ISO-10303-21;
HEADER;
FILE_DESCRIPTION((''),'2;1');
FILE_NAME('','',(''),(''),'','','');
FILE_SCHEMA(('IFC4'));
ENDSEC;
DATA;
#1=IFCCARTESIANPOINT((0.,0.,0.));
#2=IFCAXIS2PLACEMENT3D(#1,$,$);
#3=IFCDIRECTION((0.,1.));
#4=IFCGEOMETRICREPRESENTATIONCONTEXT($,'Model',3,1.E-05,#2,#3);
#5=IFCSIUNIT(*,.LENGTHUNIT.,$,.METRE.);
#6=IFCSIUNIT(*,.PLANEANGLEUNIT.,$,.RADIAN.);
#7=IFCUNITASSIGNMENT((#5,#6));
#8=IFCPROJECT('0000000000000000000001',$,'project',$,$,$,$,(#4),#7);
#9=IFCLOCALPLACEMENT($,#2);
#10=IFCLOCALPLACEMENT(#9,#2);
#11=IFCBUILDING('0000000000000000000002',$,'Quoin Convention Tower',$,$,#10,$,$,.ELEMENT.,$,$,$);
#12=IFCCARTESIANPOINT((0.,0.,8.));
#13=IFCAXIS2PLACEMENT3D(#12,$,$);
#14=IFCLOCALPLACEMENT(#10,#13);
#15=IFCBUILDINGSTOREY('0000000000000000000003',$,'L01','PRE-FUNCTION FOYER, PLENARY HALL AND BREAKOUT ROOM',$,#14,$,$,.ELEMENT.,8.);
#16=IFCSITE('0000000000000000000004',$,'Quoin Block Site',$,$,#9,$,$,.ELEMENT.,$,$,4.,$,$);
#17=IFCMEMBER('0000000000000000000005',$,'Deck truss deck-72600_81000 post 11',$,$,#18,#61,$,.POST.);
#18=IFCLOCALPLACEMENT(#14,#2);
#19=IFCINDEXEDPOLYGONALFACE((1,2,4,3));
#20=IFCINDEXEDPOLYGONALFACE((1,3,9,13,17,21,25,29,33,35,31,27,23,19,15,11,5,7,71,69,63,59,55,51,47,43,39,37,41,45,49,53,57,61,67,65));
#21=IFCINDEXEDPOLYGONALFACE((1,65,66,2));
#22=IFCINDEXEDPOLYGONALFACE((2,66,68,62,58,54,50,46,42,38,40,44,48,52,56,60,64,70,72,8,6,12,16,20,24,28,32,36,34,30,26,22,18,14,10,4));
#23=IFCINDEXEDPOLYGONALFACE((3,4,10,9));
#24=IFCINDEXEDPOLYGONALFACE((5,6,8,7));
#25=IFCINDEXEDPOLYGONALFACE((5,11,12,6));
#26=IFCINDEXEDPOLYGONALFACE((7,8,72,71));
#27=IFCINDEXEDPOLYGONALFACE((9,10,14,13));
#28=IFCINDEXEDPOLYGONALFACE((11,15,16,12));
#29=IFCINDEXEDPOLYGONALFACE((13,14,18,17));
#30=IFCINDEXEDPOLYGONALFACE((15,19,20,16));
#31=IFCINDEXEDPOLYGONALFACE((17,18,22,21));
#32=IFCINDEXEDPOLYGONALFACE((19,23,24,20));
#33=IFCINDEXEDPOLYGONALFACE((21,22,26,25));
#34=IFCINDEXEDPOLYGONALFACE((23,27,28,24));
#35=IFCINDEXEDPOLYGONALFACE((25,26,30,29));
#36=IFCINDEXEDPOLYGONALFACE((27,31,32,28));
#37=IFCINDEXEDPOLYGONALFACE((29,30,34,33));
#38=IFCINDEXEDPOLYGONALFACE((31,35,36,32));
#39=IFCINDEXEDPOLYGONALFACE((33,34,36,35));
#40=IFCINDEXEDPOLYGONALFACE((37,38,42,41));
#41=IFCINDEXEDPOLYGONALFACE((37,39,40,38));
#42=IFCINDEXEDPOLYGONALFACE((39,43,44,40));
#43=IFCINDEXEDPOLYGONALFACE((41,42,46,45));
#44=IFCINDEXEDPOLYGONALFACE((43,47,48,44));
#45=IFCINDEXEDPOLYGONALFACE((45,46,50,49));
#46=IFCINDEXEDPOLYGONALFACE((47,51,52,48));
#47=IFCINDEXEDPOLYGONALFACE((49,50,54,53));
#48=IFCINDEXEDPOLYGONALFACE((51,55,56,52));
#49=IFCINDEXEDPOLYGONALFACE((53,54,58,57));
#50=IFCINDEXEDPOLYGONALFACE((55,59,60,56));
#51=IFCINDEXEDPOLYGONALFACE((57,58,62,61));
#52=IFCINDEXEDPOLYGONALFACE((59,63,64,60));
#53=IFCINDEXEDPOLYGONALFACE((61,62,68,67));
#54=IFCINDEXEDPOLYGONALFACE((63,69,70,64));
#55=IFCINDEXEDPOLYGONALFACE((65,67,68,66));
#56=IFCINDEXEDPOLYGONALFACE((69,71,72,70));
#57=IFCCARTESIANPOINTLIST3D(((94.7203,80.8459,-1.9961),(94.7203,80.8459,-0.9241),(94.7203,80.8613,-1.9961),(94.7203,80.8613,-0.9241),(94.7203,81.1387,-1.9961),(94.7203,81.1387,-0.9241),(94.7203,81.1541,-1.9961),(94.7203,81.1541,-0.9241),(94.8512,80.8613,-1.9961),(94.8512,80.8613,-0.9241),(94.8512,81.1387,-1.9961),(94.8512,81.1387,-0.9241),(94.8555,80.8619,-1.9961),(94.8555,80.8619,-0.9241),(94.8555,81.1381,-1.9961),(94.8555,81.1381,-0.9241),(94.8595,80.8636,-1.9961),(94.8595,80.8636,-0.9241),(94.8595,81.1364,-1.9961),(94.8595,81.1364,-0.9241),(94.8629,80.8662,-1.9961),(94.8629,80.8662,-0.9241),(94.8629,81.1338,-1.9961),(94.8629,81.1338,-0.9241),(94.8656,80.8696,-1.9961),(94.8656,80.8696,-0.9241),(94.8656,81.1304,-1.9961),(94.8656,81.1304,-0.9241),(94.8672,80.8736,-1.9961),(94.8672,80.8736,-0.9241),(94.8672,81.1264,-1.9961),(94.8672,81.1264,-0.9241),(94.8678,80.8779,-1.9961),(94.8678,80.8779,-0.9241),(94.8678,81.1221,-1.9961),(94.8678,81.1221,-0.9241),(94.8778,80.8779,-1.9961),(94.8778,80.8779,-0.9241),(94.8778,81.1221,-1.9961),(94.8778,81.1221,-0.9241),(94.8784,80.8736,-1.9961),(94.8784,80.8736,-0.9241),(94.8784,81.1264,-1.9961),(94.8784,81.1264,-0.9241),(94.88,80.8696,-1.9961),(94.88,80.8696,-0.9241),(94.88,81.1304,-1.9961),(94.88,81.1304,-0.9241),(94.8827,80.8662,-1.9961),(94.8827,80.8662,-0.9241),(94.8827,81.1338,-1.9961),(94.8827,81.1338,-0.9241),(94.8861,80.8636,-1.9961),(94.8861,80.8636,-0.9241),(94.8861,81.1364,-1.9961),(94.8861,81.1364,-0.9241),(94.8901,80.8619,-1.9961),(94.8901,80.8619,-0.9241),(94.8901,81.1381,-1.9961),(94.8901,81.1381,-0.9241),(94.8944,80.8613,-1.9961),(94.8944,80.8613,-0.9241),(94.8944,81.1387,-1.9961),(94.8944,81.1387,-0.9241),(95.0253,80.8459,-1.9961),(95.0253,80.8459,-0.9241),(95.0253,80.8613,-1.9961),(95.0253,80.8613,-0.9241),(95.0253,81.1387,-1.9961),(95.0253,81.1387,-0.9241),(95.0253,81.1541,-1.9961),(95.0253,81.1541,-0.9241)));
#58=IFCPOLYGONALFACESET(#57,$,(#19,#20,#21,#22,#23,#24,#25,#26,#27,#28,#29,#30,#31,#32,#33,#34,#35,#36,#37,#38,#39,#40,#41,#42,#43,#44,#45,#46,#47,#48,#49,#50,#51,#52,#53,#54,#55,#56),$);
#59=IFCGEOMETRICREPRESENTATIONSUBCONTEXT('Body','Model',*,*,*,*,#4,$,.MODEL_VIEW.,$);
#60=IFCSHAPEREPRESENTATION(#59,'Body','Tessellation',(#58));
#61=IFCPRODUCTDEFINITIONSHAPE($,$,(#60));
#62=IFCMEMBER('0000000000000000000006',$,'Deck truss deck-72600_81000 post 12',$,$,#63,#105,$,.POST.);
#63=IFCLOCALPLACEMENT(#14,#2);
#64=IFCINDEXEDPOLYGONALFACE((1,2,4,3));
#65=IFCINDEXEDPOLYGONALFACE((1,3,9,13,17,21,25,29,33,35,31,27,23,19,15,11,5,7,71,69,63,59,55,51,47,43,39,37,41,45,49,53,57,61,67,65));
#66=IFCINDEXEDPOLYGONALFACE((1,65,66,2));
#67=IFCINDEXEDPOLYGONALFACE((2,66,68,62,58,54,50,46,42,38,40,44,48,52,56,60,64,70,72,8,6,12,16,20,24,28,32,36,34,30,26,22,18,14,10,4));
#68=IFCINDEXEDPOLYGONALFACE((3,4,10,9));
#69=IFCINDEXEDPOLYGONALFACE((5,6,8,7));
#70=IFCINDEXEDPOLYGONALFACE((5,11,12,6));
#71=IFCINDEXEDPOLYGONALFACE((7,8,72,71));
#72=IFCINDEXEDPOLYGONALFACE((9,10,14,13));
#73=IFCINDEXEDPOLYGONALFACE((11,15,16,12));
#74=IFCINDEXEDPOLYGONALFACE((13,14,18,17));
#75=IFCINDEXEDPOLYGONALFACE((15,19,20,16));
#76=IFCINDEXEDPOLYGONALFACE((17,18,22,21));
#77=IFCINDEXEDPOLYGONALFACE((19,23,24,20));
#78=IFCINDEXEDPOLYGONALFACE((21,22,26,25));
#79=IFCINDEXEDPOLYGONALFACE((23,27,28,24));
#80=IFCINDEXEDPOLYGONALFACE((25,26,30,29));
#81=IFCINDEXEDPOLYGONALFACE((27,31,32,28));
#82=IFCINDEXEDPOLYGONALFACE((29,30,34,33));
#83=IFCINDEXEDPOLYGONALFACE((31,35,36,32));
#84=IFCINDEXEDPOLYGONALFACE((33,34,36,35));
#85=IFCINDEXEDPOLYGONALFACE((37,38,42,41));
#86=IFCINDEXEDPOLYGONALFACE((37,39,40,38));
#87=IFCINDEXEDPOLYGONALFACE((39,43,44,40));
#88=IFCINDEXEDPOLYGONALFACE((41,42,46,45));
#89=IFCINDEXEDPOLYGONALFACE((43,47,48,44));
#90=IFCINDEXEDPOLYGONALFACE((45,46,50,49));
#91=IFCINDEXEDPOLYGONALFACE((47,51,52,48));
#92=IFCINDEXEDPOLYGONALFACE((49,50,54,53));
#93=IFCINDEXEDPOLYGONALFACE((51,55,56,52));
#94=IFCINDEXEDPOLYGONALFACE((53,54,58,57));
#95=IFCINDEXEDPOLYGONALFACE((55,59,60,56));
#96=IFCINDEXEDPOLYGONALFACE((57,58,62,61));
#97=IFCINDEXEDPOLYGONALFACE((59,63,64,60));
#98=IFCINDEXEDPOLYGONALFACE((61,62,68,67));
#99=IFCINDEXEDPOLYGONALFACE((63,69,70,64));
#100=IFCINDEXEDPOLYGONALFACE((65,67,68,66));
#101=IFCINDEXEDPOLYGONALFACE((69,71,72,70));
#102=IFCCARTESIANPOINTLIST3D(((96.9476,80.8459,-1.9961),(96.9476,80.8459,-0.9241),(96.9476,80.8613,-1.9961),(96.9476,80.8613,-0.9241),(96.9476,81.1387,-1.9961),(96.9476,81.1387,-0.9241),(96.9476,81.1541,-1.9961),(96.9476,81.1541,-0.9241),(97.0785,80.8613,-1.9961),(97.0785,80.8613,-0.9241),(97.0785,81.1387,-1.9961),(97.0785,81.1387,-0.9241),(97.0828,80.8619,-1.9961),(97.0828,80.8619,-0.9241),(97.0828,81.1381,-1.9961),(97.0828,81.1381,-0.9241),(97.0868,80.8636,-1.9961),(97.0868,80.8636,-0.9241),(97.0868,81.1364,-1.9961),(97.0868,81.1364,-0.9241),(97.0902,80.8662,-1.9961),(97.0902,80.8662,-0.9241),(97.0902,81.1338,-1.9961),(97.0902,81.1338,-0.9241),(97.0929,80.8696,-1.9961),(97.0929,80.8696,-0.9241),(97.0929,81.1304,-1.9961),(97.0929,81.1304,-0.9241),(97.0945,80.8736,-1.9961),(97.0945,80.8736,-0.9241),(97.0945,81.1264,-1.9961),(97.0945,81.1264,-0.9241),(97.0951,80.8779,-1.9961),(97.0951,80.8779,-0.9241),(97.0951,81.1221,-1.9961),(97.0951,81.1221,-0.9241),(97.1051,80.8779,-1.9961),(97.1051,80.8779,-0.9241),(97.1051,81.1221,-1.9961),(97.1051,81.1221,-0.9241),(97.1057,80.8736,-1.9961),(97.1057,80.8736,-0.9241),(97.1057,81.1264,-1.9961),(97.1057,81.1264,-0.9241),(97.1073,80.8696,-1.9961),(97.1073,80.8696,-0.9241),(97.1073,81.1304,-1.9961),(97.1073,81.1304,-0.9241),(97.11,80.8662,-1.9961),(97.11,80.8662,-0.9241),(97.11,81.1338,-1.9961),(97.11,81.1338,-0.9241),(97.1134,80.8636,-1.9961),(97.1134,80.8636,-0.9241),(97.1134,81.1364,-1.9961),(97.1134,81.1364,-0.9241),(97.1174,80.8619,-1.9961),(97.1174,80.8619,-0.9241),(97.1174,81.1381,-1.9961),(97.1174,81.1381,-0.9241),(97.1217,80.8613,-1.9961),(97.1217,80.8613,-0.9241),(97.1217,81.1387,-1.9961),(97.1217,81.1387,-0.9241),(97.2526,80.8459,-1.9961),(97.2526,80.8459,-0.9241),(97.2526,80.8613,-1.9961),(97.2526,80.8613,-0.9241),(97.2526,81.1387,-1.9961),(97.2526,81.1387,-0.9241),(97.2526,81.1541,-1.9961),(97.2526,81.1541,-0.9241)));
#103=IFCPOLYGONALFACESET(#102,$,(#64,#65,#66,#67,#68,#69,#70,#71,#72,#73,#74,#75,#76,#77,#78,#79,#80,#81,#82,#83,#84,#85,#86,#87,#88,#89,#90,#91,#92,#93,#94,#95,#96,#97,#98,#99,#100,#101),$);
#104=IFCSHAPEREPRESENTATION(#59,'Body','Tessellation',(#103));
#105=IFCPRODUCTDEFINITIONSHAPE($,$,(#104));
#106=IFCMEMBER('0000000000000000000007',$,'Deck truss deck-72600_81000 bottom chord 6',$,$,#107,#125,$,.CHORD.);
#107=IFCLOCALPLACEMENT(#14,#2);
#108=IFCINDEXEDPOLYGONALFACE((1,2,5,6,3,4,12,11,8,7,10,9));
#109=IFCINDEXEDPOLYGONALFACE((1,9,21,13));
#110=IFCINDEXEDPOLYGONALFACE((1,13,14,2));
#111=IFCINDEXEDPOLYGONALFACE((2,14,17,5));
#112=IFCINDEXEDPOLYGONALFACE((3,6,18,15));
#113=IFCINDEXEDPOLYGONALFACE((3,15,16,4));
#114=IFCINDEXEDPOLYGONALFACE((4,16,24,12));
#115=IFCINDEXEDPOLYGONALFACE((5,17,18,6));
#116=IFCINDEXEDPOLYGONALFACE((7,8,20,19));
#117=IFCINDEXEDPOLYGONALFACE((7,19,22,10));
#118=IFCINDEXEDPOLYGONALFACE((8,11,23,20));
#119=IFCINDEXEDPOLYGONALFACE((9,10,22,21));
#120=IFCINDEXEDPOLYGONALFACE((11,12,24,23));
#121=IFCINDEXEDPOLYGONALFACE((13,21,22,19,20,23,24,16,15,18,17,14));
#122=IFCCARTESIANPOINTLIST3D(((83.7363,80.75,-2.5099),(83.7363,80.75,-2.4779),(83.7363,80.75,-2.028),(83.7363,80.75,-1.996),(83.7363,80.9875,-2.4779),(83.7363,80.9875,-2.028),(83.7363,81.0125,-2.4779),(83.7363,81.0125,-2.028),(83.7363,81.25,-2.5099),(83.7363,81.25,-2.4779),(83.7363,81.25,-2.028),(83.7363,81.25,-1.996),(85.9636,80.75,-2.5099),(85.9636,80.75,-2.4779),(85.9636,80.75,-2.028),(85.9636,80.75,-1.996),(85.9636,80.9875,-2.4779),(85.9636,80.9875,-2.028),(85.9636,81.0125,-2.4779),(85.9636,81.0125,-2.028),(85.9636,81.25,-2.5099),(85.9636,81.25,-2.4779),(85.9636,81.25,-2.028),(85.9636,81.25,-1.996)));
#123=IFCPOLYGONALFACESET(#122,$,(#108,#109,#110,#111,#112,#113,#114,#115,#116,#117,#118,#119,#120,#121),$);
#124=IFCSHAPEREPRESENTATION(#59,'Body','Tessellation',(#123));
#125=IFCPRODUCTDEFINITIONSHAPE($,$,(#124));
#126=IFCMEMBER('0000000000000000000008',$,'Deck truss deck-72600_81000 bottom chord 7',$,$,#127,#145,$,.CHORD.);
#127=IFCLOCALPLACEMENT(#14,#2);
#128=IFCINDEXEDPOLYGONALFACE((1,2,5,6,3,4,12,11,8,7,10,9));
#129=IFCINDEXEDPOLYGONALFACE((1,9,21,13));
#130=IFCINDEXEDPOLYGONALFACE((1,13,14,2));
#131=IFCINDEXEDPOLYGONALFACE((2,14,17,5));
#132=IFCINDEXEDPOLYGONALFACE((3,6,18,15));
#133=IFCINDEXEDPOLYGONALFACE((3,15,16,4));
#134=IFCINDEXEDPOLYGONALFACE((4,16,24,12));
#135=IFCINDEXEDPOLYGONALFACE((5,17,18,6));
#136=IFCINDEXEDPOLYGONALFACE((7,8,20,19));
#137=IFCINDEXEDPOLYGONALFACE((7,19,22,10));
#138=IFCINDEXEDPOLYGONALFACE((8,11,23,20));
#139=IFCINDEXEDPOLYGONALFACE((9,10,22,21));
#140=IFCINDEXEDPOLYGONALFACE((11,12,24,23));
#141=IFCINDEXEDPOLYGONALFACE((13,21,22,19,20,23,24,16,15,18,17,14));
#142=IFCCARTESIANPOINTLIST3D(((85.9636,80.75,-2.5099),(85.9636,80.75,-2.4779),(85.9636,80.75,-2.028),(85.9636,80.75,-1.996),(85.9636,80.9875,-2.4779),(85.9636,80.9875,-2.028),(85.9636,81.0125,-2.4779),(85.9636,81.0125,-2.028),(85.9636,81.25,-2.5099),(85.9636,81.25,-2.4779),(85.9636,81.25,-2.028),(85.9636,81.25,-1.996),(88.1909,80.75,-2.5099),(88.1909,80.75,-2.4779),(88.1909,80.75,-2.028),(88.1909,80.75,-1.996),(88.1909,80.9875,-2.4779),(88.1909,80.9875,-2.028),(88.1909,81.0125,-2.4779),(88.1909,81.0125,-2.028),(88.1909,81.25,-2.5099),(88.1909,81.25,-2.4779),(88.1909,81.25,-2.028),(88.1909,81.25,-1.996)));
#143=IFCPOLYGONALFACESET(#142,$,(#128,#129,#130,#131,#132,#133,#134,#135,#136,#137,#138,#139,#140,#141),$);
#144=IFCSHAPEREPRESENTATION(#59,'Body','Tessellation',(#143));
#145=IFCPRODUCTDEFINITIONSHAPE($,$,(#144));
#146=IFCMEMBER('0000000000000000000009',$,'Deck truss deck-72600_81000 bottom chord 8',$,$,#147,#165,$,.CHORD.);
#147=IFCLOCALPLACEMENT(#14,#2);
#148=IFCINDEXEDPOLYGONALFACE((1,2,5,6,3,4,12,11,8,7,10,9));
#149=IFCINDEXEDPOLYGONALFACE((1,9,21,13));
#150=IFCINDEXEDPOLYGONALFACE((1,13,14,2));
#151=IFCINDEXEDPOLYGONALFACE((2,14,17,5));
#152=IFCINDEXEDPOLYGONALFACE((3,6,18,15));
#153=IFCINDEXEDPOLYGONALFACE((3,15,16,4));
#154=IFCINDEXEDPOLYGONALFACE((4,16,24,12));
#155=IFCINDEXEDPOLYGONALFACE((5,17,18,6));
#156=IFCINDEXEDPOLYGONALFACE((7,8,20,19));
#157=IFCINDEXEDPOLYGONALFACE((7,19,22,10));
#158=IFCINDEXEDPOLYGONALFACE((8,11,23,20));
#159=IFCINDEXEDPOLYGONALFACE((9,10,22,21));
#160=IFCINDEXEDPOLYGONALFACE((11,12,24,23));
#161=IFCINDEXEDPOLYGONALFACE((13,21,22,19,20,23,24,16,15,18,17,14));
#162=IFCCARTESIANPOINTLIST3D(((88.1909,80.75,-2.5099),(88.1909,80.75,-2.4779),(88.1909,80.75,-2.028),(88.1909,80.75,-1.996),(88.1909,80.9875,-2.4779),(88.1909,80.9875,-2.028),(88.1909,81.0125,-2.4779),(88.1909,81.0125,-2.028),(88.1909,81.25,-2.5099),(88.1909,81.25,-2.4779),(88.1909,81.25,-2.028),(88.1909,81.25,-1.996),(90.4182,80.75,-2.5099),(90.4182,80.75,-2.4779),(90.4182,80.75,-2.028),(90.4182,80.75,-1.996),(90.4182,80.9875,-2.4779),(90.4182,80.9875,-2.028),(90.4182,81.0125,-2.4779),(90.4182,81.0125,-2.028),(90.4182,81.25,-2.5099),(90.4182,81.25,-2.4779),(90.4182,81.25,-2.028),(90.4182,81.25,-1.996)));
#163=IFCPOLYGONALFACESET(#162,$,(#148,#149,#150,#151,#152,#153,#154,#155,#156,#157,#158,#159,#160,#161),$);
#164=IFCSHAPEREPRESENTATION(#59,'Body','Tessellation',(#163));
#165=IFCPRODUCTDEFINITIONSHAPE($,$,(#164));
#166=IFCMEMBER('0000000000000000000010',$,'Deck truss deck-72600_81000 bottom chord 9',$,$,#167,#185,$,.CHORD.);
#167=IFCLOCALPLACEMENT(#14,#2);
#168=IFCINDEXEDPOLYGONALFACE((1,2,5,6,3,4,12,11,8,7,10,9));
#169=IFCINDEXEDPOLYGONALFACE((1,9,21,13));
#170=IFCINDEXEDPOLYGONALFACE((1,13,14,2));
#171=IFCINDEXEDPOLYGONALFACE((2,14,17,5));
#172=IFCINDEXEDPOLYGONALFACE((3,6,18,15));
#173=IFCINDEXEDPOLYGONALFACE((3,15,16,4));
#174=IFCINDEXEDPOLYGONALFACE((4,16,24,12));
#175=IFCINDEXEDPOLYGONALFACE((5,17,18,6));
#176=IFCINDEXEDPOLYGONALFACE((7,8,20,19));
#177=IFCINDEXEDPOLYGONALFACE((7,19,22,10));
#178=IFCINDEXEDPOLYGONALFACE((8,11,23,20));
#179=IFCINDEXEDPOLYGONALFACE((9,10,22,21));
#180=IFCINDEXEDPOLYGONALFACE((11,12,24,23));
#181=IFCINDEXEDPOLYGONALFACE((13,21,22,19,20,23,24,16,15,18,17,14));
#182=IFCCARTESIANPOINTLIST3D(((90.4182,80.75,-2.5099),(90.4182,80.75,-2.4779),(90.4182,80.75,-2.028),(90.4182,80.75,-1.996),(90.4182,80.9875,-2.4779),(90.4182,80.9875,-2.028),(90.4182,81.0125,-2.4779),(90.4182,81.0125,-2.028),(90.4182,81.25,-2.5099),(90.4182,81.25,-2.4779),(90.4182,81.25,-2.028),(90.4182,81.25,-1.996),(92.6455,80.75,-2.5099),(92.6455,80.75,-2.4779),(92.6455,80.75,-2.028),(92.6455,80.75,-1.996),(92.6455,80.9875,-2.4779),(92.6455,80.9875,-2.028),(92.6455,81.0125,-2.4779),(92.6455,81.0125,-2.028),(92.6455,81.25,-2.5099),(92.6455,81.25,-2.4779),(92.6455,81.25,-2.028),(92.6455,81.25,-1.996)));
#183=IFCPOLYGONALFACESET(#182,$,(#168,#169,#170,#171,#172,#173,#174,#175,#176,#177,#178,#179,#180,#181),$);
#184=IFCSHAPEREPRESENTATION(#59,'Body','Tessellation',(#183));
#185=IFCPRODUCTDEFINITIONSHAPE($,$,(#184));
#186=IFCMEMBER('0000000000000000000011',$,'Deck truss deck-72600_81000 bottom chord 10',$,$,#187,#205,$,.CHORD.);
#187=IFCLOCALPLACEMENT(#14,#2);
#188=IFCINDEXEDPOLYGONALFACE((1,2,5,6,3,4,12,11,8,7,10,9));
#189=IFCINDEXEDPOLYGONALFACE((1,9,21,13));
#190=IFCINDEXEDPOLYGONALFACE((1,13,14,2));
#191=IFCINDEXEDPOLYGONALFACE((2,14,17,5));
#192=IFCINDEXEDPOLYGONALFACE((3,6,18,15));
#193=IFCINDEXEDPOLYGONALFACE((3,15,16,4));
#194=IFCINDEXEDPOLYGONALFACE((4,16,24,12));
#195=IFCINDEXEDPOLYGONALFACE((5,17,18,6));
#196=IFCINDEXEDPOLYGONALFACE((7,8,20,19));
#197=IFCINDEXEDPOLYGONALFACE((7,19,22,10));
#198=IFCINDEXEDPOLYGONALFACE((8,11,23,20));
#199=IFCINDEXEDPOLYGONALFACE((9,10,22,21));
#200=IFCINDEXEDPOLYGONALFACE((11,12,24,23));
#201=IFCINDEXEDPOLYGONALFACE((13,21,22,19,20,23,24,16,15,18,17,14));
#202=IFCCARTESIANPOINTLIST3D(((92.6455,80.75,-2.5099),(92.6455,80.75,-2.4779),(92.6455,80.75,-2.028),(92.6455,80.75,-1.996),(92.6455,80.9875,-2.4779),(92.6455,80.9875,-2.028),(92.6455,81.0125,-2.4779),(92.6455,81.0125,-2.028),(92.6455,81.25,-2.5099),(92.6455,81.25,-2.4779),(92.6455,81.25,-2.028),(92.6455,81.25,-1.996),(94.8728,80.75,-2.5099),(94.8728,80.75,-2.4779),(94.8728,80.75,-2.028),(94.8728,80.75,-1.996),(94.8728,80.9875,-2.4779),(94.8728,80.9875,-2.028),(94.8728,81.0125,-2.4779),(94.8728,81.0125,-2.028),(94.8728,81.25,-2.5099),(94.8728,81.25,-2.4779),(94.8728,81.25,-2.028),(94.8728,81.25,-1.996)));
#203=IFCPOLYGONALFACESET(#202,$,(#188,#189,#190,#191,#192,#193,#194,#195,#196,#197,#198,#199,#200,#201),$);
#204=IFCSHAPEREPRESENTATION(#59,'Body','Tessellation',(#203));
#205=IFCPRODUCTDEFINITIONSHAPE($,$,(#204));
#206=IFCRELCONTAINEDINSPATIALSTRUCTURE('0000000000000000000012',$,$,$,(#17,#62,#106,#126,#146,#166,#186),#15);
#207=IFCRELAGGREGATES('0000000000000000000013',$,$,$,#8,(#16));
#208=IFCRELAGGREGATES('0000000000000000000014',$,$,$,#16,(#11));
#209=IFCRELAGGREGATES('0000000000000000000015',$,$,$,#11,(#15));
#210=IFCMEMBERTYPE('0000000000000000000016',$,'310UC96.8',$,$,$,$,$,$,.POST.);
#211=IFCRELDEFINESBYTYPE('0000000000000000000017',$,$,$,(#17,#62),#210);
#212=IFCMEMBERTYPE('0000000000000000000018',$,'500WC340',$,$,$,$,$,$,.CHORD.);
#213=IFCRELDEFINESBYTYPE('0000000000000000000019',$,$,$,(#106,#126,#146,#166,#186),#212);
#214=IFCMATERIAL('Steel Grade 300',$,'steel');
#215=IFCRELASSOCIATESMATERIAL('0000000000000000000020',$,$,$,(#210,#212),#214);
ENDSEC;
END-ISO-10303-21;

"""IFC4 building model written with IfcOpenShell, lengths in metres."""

from ifc_helpers import new_model, si_unit, direction, frame, origin, origin_2d, place, context, subcontext, project, spatial, i_section, extrude, material, material_profile, profile_set, type_object, element, save


model = new_model("IFC4")

# Units and contexts
model_context = context("Model", 3, precision=1e-05, world=origin(), true_north=direction((0.0, 1.0)))
body_context = subcontext(model_context, "Body", "Model", "MODEL_VIEW")
ifc_project = project(units=[si_unit("LENGTHUNIT", "METRE"), si_unit("PLANEANGLEUNIT", "RADIAN")], contexts=[model_context])

# Site, building, storey
site_placement = place(None, origin())
site = spatial("IfcSite", under=ifc_project, at=site_placement, Name="Quoin Block Site", CompositionType="ELEMENT", RefElevation=4.0)
building_placement = place(site_placement, origin())
building = spatial("IfcBuilding", under=site, at=building_placement, Name="Quoin Convention Tower", CompositionType="ELEMENT")
storey_placement = place(building_placement, frame((0.0, 0.0, 8.0)))
storey = spatial("IfcBuildingStorey", under=building, at=storey_placement, Name="L01", Description="PRE-FUNCTION FOYER, PLENARY HALL AND BREAKOUT ROOM", CompositionType="ELEMENT", Elevation=8.0)

# Shared definitions
ifc_material_1 = material(Name="Steel Grade 300", Category="steel")

# Members
ifc_material_profile_1 = material_profile(ifc_material_1, i_section(OverallWidth=0.3049, OverallDepth=0.3081, WebThickness=0.01, FlangeThickness=0.0154, FilletRadius=0.0166, at=origin_2d()), Name="310UC96.8")
ifc_profile_set_1 = profile_set([ifc_material_profile_1], Name="Steel Grade 300")
member_type_1 = type_object("IfcMemberType", Name="310UC96.8", PredefinedType="POST", material=ifc_profile_set_1)
for number, where, z_axis, x_axis, name in (
    (1, (94.8728, 81.0, -1.9961), (0.0, 0.0, 1.0), (1.0, 0.0, 0.0), "Deck truss deck-72600_81000 post 11"),
    (2, (97.1001, 81.0, -1.9961), (0.0, 0.0, 1.0), (1.0, 0.0, 0.0), "Deck truss deck-72600_81000 post 12"),
):
    element("IfcMember", number, at=place(storey_placement, frame(where, z_axis=z_axis, x_axis=x_axis)), inside=storey, type_object=member_type_1, Name=name, PredefinedType="POST", context=body_context, shape_type="SweptSolid", body=[
        extrude(i_section(OverallWidth=0.3049, OverallDepth=0.3081, WebThickness=0.01, FlangeThickness=0.0154, FilletRadius=0.0166, at=origin_2d()), origin(), (0.0, 0.0, 1.0), 1.072),
    ])
ifc_material_profile_2 = material_profile(ifc_material_1, i_section(OverallWidth=0.5, OverallDepth=0.5139, WebThickness=0.0249, FlangeThickness=0.032, at=origin_2d()), Name="500WC340")
ifc_profile_set_2 = profile_set([ifc_material_profile_2], Name="Steel Grade 300")
member_type_2 = type_object("IfcMemberType", Name="500WC340", PredefinedType="CHORD", material=ifc_profile_set_2)
for number, where, z_axis, x_axis, name in (
    (3, (83.7363, 81.0, -2.2529), (1.0, 0.0, 0.0), (0.0, 1.0, 0.0), "Deck truss deck-72600_81000 bottom chord 6"),
    (4, (85.9636, 81.0, -2.2529), (1.0, 0.0, 0.0), (0.0, 1.0, 0.0), "Deck truss deck-72600_81000 bottom chord 7"),
    (5, (88.1909, 81.0, -2.2529), (1.0, 0.0, 0.0), (0.0, 1.0, 0.0), "Deck truss deck-72600_81000 bottom chord 8"),
    (6, (90.4182, 81.0, -2.2529), (1.0, 0.0, 0.0), (0.0, 1.0, 0.0), "Deck truss deck-72600_81000 bottom chord 9"),
    (7, (92.6455, 81.0, -2.2529), (1.0, 0.0, 0.0), (0.0, 1.0, 0.0), "Deck truss deck-72600_81000 bottom chord 10"),
):
    element("IfcMember", number, at=place(storey_placement, frame(where, z_axis=z_axis, x_axis=x_axis)), inside=storey, type_object=member_type_2, Name=name, PredefinedType="CHORD", context=body_context, shape_type="SweptSolid", body=[
        extrude(i_section(OverallWidth=0.5, OverallDepth=0.5139, WebThickness=0.0249, FlangeThickness=0.032, at=origin_2d()), origin(), (0.0, 0.0, 1.0), 2.2273),
    ])

save(model, "model.ifc")
